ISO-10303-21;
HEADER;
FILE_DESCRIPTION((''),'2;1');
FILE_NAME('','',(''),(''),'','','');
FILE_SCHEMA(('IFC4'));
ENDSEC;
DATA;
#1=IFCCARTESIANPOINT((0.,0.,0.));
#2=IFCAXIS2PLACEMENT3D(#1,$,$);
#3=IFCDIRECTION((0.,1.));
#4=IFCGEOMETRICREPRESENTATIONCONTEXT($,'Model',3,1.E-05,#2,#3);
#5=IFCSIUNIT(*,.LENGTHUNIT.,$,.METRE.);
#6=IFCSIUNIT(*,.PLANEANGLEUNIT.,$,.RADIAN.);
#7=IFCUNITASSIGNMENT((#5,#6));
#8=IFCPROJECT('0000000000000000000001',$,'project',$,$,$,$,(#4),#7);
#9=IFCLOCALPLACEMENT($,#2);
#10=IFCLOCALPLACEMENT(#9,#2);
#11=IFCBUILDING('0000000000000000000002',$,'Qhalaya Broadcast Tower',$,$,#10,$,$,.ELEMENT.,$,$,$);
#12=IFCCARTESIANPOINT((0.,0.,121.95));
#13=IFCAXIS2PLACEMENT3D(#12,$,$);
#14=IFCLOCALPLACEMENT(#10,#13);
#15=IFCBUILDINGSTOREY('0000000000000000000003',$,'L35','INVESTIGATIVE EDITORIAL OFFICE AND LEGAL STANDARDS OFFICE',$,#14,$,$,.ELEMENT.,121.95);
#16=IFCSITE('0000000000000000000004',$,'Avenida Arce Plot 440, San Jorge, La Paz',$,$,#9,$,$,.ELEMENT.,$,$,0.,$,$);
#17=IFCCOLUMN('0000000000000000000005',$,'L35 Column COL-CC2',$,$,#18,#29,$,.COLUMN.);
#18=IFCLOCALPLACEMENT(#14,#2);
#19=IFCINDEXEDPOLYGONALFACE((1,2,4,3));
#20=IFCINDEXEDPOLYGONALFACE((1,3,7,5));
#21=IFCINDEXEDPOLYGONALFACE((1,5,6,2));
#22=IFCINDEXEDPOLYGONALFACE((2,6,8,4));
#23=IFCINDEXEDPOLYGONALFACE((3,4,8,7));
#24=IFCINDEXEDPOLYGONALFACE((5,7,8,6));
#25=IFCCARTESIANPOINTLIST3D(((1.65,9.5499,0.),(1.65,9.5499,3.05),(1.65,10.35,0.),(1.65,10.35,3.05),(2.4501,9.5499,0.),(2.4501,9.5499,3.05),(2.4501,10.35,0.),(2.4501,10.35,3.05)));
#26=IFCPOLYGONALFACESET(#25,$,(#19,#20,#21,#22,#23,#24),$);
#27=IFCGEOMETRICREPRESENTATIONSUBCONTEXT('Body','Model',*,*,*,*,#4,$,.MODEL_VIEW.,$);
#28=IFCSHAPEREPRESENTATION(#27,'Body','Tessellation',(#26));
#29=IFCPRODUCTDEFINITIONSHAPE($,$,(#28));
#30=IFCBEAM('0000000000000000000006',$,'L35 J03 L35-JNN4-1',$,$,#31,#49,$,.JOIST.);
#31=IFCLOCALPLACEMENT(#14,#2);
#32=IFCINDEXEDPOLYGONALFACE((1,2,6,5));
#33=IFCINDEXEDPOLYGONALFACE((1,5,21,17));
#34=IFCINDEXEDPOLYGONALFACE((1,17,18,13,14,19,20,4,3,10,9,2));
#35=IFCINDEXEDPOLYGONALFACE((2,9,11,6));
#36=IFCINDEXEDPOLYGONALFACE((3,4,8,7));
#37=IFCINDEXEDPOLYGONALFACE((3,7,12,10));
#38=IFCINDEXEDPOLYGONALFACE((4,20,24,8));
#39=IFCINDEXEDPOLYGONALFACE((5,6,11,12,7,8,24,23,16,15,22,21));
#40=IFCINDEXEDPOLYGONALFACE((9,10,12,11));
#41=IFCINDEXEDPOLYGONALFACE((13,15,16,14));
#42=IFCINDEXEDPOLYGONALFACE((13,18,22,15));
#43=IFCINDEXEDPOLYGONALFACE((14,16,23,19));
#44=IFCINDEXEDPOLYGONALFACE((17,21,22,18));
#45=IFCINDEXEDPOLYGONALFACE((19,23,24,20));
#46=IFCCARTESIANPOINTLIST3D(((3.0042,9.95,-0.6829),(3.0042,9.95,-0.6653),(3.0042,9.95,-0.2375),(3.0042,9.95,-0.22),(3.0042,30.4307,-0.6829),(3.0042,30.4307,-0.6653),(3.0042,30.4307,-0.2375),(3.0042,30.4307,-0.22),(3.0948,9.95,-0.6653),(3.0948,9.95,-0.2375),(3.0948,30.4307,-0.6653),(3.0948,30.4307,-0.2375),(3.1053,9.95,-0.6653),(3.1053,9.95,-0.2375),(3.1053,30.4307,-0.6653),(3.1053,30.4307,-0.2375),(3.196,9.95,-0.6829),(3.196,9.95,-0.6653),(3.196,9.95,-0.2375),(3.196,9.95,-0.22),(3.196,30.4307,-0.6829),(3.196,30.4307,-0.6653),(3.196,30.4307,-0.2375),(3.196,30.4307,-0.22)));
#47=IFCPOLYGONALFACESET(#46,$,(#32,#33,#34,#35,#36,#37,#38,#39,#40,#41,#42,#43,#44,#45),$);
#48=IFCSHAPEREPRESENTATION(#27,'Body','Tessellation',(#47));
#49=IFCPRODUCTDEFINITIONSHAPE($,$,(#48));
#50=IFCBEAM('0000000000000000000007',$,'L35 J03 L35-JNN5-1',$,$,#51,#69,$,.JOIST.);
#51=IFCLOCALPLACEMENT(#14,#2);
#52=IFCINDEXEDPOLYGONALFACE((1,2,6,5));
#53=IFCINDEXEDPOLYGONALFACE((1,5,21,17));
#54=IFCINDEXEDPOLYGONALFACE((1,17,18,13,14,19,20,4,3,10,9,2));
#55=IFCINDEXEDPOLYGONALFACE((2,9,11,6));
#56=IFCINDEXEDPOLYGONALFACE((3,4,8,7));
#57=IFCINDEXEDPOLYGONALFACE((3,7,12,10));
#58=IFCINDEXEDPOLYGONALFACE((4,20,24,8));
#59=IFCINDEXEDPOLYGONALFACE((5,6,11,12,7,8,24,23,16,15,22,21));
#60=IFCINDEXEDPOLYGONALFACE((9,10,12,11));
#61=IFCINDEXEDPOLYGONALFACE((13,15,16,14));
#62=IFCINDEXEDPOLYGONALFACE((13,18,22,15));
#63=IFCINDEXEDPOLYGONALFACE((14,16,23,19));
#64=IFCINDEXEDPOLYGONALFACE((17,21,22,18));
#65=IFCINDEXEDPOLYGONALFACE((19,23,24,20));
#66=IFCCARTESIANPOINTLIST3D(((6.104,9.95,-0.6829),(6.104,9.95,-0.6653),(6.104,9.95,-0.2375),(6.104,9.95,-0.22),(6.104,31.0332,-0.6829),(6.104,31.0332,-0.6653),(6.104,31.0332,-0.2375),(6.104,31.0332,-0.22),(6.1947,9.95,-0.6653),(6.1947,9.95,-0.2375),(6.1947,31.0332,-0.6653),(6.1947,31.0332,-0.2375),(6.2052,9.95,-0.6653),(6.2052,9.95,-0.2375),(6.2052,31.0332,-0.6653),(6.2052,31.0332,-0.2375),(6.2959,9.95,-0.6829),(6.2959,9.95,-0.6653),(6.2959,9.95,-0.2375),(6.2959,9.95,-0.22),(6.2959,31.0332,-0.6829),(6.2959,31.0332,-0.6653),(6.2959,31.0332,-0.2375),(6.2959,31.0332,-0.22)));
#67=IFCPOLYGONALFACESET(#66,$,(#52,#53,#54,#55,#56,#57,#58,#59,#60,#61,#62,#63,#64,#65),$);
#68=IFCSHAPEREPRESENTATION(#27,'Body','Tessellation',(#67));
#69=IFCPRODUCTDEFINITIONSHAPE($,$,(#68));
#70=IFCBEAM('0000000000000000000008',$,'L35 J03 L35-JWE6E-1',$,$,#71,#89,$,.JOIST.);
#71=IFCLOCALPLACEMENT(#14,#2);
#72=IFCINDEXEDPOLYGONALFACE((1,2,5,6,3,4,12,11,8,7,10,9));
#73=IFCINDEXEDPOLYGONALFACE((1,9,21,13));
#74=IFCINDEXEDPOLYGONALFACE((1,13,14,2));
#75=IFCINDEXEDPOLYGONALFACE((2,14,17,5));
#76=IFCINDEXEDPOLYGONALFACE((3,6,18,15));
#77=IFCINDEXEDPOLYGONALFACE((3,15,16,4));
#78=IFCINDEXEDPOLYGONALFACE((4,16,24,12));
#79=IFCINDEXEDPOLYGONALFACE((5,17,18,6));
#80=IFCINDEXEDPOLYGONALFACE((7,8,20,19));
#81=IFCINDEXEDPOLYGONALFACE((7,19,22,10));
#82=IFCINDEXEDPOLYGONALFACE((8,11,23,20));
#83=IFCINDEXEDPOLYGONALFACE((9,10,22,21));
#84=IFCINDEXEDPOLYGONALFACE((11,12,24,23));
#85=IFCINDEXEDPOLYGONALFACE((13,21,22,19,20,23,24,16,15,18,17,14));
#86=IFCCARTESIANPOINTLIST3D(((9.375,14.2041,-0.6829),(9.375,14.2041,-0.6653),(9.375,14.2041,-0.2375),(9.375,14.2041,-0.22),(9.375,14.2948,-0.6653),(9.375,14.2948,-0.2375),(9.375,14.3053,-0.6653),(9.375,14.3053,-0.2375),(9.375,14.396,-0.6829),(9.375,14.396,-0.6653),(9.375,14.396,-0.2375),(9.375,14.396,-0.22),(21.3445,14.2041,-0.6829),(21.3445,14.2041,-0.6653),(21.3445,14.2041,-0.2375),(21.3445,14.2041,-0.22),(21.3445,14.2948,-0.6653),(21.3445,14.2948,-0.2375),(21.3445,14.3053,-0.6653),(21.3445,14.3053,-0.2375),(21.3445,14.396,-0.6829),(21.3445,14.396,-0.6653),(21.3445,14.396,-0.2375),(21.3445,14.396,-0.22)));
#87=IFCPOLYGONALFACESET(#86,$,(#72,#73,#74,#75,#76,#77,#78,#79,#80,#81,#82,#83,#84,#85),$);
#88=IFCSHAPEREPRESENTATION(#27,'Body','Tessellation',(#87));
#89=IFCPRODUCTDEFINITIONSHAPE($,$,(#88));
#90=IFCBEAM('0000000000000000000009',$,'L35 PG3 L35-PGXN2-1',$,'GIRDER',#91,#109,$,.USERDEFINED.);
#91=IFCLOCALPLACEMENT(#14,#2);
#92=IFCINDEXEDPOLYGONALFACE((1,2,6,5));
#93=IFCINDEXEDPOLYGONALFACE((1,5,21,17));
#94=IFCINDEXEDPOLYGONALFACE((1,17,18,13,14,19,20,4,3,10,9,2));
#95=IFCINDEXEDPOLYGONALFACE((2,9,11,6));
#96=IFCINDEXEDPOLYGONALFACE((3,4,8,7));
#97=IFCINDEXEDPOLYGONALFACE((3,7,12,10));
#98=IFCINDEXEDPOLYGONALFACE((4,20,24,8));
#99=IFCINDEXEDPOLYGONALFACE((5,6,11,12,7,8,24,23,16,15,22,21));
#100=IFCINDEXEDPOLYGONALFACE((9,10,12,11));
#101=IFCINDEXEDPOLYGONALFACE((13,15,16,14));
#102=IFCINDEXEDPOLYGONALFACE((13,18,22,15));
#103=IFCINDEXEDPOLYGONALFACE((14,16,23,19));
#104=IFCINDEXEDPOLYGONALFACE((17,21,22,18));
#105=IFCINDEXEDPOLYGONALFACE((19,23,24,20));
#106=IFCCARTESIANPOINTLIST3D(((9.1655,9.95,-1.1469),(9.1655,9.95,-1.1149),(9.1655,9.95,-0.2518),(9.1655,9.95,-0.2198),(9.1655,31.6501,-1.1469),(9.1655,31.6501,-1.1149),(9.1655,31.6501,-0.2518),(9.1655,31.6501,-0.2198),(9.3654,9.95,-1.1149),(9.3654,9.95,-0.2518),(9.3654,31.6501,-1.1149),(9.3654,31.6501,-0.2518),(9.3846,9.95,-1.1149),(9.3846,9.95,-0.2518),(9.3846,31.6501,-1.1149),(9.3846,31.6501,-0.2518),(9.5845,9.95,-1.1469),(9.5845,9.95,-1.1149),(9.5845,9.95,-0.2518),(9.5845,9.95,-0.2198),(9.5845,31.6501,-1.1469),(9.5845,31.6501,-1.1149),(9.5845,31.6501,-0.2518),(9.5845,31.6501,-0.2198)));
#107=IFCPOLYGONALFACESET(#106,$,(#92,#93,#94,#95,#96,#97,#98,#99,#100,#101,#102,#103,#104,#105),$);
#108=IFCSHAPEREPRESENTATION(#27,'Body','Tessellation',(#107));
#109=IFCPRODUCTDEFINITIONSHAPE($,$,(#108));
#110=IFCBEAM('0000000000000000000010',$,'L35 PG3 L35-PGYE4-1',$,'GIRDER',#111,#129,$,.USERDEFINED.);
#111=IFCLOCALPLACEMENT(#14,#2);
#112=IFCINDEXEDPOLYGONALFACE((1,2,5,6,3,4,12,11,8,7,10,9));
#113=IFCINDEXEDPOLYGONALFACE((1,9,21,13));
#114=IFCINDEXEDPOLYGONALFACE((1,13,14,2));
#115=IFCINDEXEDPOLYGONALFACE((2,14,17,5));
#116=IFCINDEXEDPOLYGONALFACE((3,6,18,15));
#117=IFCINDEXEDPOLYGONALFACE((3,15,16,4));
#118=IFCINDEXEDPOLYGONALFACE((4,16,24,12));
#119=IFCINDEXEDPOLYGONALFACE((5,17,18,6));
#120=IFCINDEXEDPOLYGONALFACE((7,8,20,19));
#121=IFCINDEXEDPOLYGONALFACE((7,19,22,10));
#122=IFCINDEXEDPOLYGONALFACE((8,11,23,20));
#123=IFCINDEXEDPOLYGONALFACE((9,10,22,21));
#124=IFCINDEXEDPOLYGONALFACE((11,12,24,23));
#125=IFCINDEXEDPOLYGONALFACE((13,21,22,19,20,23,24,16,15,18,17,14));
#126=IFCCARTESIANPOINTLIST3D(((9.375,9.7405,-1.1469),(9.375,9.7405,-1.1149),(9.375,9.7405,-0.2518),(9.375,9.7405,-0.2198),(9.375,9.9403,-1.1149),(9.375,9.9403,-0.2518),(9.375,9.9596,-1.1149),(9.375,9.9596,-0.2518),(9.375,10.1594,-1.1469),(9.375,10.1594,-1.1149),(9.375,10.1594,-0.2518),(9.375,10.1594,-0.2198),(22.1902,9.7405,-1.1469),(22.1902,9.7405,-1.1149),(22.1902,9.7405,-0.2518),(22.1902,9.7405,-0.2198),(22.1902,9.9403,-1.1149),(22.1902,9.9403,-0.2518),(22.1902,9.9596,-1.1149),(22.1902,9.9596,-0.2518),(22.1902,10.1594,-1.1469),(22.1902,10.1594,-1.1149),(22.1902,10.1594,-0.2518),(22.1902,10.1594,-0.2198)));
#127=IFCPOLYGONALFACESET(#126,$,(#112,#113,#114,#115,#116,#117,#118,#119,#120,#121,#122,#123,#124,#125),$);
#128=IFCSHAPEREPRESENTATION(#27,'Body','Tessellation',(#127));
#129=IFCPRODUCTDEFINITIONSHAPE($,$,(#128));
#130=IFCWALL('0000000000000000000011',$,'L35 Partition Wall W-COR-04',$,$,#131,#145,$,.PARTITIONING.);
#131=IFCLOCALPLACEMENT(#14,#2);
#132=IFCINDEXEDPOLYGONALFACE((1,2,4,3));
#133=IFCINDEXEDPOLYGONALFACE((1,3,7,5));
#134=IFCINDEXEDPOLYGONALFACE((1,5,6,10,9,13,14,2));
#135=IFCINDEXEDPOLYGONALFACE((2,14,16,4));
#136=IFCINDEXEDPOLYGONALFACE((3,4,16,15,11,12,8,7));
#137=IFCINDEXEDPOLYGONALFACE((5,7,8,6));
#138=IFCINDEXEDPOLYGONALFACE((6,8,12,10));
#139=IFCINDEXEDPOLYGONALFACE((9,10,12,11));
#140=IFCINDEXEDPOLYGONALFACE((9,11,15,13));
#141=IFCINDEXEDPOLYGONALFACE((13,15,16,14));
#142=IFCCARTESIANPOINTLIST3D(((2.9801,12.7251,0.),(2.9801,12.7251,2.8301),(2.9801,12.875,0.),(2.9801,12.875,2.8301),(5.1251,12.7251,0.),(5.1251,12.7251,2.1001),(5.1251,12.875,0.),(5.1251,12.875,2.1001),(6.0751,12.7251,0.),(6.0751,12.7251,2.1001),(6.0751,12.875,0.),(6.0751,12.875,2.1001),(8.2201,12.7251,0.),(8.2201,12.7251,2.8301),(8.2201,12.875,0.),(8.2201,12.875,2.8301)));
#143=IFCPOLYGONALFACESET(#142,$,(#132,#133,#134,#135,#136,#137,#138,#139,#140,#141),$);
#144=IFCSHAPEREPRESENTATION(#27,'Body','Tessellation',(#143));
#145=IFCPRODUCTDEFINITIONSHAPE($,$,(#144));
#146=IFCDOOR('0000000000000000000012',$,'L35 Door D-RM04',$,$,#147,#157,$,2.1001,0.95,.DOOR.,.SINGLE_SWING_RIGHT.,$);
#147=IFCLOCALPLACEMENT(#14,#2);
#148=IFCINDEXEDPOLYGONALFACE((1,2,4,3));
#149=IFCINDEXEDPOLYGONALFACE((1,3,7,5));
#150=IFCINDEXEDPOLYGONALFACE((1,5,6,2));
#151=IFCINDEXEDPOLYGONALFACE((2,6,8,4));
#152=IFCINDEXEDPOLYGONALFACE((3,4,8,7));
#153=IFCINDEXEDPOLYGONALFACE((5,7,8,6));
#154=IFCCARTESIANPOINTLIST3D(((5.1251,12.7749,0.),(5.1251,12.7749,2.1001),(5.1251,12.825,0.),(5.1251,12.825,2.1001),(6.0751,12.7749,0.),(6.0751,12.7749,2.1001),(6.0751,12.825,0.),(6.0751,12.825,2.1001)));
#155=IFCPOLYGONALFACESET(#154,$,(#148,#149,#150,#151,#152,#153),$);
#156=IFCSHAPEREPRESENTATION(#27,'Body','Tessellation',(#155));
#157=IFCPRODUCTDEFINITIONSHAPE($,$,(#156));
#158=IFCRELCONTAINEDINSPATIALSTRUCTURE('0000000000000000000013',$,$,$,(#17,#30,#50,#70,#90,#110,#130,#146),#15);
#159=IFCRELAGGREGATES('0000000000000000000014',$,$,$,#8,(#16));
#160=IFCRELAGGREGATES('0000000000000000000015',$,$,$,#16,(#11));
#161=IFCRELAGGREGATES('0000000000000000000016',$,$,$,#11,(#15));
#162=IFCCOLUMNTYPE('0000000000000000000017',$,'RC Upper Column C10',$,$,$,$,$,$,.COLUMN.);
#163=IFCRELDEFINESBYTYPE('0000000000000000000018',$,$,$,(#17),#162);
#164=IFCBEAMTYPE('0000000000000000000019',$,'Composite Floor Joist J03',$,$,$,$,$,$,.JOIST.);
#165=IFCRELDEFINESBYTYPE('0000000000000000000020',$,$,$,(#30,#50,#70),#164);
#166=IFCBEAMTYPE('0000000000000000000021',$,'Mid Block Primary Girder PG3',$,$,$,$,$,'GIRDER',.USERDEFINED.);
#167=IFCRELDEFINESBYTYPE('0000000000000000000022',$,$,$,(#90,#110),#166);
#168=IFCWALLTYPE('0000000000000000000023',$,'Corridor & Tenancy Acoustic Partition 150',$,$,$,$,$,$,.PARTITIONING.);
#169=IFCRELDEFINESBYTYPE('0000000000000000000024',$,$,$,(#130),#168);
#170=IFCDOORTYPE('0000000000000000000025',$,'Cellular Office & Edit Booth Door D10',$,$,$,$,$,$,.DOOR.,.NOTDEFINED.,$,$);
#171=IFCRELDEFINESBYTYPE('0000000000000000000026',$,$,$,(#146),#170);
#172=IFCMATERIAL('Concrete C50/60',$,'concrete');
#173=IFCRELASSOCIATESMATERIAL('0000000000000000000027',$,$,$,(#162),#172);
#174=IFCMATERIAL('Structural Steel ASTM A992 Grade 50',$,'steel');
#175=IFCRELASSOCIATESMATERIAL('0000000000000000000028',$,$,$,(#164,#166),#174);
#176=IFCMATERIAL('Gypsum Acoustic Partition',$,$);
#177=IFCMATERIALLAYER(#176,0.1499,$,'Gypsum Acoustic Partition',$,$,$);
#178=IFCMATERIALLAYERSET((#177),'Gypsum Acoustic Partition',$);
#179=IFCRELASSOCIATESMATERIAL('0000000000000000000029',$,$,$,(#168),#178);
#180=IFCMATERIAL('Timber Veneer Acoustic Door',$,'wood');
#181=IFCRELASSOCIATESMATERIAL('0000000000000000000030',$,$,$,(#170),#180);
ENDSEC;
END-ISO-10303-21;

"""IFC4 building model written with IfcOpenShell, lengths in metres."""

from ifc_helpers import new_model, si_unit, direction, frame, frame_2d, origin, origin_2d, place, context, subcontext, project, spatial, rectangle, i_section, extrude, material, layer, layer_set, material_profile, profile_set, type_object, element, fill, save


model = new_model("IFC4")

# Units and contexts
model_context = context("Model", 3, precision=1e-05, world=origin(), true_north=direction((0.0, 1.0)))
body_context = subcontext(model_context, "Body", "Model", "MODEL_VIEW")
ifc_project = project(units=[si_unit("LENGTHUNIT", "METRE"), si_unit("PLANEANGLEUNIT", "RADIAN")], contexts=[model_context])

# Site, building, storey
site_placement = place(None, origin())
site = spatial("IfcSite", under=ifc_project, at=site_placement, Name="Avenida Arce Plot 440, San Jorge, La Paz", CompositionType="ELEMENT", RefElevation=0.0)
building_placement = place(site_placement, origin())
building = spatial("IfcBuilding", under=site, at=building_placement, Name="Qhalaya Broadcast Tower", CompositionType="ELEMENT")
storey_placement = place(building_placement, frame((0.0, 0.0, 121.95)))
storey = spatial("IfcBuildingStorey", under=building, at=storey_placement, Name="L35", Description="INVESTIGATIVE EDITORIAL OFFICE AND LEGAL STANDARDS OFFICE", CompositionType="ELEMENT", Elevation=121.95)

# Column
ifc_material_1 = material(Name="Concrete C50/60", Category="concrete")
ifc_material_profile_1 = material_profile(ifc_material_1, rectangle(XDim=0.8, YDim=0.8, at=origin_2d()), Name="RC-COL 800x800")
ifc_profile_set_1 = profile_set([ifc_material_profile_1], Name="Concrete C50/60")
column_type = type_object("IfcColumnType", Name="RC Upper Column C10", PredefinedType="COLUMN", material=ifc_profile_set_1)
column_placement = place(storey_placement, frame((2.05, 9.95, 0.0), z_axis=(0.0, 0.0, 1.0), x_axis=(1.0, 0.0, 0.0)))
element("IfcColumn", 1, at=column_placement, inside=storey, type_object=column_type, Name="L35 Column COL-CC2", PredefinedType="COLUMN", context=body_context, shape_type="SweptSolid", body=[
    extrude(rectangle(XDim=0.8, YDim=0.8, at=origin_2d()), origin(), (0.0, 0.0, 1.0), 3.05),
])

# Beams
ifc_material_2 = material(Name="Structural Steel ASTM A992 Grade 50", Category="steel")
ifc_material_profile_2 = material_profile(ifc_material_2, i_section(OverallWidth=0.1919, OverallDepth=0.4629, WebThickness=0.0105, FlangeThickness=0.0176, at=origin_2d()), Name="W18X60")
ifc_profile_set_2 = profile_set([ifc_material_profile_2], Name="Structural Steel ASTM A992 Grade 50")
beam_type_1 = type_object("IfcBeamType", Name="Composite Floor Joist J03", PredefinedType="JOIST", material=ifc_profile_set_2)
beam_1_placement = place(storey_placement, frame((3.1001, 9.95, -0.4514), z_axis=(0.0, 1.0, 0.0), x_axis=(-1.0, 0.0, 0.0)))
element("IfcBeam", 2, at=beam_1_placement, inside=storey, type_object=beam_type_1, Name="L35 J03 L35-JNN4-1", PredefinedType="JOIST", context=body_context, shape_type="SweptSolid", body=[
    extrude(i_section(OverallWidth=0.1919, OverallDepth=0.4629, WebThickness=0.0105, FlangeThickness=0.0176, at=origin_2d()), origin(), (0.0, 0.0, 1.0), 20.4807),
])
beam_2_placement = place(storey_placement, frame((6.2, 9.95, -0.4514), z_axis=(0.0, 1.0, 0.0), x_axis=(-1.0, 0.0, 0.0)))
element("IfcBeam", 3, at=beam_2_placement, inside=storey, type_object=beam_type_1, Name="L35 J03 L35-JNN5-1", PredefinedType="JOIST", context=body_context, shape_type="SweptSolid", body=[
    extrude(i_section(OverallWidth=0.1919, OverallDepth=0.4629, WebThickness=0.0105, FlangeThickness=0.0176, at=origin_2d()), origin(), (0.0, 0.0, 1.0), 21.0833),
])
beam_3_placement = place(storey_placement, frame((9.375, 14.3, -0.4514), z_axis=(1.0, 0.0, 0.0), x_axis=(0.0, 1.0, 0.0)))
element("IfcBeam", 4, at=beam_3_placement, inside=storey, type_object=beam_type_1, Name="L35 J03 L35-JWE6E-1", PredefinedType="JOIST", context=body_context, shape_type="SweptSolid", body=[
    extrude(i_section(OverallWidth=0.1919, OverallDepth=0.4629, WebThickness=0.0105, FlangeThickness=0.0176, at=origin_2d()), origin(), (0.0, 0.0, 1.0), 11.9695),
])
ifc_material_profile_3 = material_profile(ifc_material_2, i_section(OverallWidth=0.4189, OverallDepth=0.927, WebThickness=0.0193, FlangeThickness=0.032, at=origin_2d()), Name="W36X231")
ifc_profile_set_3 = profile_set([ifc_material_profile_3], Name="Structural Steel ASTM A992 Grade 50")
beam_type_2 = type_object("IfcBeamType", Name="Mid Block Primary Girder PG3", ElementType="GIRDER", PredefinedType="USERDEFINED", material=ifc_profile_set_3)
beam_4_placement = place(storey_placement, frame((9.375, 9.95, -0.6833), z_axis=(0.0, 1.0, 0.0), x_axis=(-1.0, 0.0, 0.0)))
element("IfcBeam", 5, at=beam_4_placement, inside=storey, type_object=beam_type_2, Name="L35 PG3 L35-PGXN2-1", ObjectType="GIRDER", PredefinedType="USERDEFINED", context=body_context, shape_type="SweptSolid", body=[
    extrude(i_section(OverallWidth=0.4189, OverallDepth=0.927, WebThickness=0.0193, FlangeThickness=0.032, at=origin_2d()), origin(), (0.0, 0.0, 1.0), 21.7002),
])
beam_5_placement = place(storey_placement, frame((9.375, 9.95, -0.6833), z_axis=(1.0, 0.0, 0.0), x_axis=(0.0, 1.0, 0.0)))
element("IfcBeam", 6, at=beam_5_placement, inside=storey, type_object=beam_type_2, Name="L35 PG3 L35-PGYE4-1", ObjectType="GIRDER", PredefinedType="USERDEFINED", context=body_context, shape_type="SweptSolid", body=[
    extrude(i_section(OverallWidth=0.4189, OverallDepth=0.927, WebThickness=0.0193, FlangeThickness=0.032, at=origin_2d()), origin(), (0.0, 0.0, 1.0), 12.8152),
])

# Wall, opening, door
ifc_material_3 = material(Name="Gypsum Acoustic Partition")
ifc_layer_1 = layer(ifc_material_3, 0.1499, Name="Gypsum Acoustic Partition")
ifc_layer_set_1 = layer_set([ifc_layer_1], Name="Gypsum Acoustic Partition")
wall_type_1 = type_object("IfcWallType", Name="Corridor & Tenancy Acoustic Partition 150", PredefinedType="PARTITIONING", material=ifc_layer_set_1)
wall_1_placement = place(storey_placement, frame((2.98, 12.8, 0.0), z_axis=(0.0, 0.0, 1.0), x_axis=(1.0, 0.0, 0.0)))
wall_1 = element("IfcWall", 7, at=wall_1_placement, inside=storey, type_object=wall_type_1, Name="L35 Partition Wall W-COR-04", PredefinedType="PARTITIONING", context=body_context, shape_type="SweptSolid", body=[
    extrude(rectangle(XDim=5.24, YDim=0.1499, at=frame_2d((2.6201, 0.0))), origin(), (0.0, 0.0, 1.0), 2.8301),
])
opening_1_placement = place(wall_1_placement, frame((2.145, 0.0, 0.0)))
opening_1 = element("IfcOpeningElement", 8, at=opening_1_placement, cuts=wall_1, PredefinedType="OPENING", context=body_context, shape_type="SweptSolid", body=[
    extrude(rectangle(XDim=0.95, YDim=2.1001, at=frame_2d((0.4751, 1.05))), frame((0.0, 0.0869, 0.0), z_axis=(0.0, -1.0, 0.0), x_axis=(1.0, 0.0, 0.0)), (0.0, 0.0, 1.0), 0.1738),
])
ifc_material_4 = material(Name="Timber Veneer Acoustic Door", Category="wood")
door_type = type_object("IfcDoorType", Name="Cellular Office & Edit Booth Door D10", OperationType="NOTDEFINED", PredefinedType="DOOR", material=ifc_material_4)
door_1_placement = place(opening_1_placement, origin())
door_1 = element("IfcDoor", 9, at=door_1_placement, inside=storey, type_object=door_type, Name="L35 Door D-RM04", OperationType="SINGLE_SWING_RIGHT", OverallHeight=2.1001, OverallWidth=0.95, PredefinedType="DOOR", context=body_context, shape_type="SweptSolid", body=[
    extrude(rectangle(XDim=0.95, YDim=2.1001, at=frame_2d((0.4751, 1.05))), frame((0.0, 0.0249, 0.0), z_axis=(0.0, -1.0, 0.0), x_axis=(1.0, 0.0, 0.0)), (0.0, 0.0, 1.0), 0.05),
])
fill(opening_1, door_1)

save(model, "model.ifc")
